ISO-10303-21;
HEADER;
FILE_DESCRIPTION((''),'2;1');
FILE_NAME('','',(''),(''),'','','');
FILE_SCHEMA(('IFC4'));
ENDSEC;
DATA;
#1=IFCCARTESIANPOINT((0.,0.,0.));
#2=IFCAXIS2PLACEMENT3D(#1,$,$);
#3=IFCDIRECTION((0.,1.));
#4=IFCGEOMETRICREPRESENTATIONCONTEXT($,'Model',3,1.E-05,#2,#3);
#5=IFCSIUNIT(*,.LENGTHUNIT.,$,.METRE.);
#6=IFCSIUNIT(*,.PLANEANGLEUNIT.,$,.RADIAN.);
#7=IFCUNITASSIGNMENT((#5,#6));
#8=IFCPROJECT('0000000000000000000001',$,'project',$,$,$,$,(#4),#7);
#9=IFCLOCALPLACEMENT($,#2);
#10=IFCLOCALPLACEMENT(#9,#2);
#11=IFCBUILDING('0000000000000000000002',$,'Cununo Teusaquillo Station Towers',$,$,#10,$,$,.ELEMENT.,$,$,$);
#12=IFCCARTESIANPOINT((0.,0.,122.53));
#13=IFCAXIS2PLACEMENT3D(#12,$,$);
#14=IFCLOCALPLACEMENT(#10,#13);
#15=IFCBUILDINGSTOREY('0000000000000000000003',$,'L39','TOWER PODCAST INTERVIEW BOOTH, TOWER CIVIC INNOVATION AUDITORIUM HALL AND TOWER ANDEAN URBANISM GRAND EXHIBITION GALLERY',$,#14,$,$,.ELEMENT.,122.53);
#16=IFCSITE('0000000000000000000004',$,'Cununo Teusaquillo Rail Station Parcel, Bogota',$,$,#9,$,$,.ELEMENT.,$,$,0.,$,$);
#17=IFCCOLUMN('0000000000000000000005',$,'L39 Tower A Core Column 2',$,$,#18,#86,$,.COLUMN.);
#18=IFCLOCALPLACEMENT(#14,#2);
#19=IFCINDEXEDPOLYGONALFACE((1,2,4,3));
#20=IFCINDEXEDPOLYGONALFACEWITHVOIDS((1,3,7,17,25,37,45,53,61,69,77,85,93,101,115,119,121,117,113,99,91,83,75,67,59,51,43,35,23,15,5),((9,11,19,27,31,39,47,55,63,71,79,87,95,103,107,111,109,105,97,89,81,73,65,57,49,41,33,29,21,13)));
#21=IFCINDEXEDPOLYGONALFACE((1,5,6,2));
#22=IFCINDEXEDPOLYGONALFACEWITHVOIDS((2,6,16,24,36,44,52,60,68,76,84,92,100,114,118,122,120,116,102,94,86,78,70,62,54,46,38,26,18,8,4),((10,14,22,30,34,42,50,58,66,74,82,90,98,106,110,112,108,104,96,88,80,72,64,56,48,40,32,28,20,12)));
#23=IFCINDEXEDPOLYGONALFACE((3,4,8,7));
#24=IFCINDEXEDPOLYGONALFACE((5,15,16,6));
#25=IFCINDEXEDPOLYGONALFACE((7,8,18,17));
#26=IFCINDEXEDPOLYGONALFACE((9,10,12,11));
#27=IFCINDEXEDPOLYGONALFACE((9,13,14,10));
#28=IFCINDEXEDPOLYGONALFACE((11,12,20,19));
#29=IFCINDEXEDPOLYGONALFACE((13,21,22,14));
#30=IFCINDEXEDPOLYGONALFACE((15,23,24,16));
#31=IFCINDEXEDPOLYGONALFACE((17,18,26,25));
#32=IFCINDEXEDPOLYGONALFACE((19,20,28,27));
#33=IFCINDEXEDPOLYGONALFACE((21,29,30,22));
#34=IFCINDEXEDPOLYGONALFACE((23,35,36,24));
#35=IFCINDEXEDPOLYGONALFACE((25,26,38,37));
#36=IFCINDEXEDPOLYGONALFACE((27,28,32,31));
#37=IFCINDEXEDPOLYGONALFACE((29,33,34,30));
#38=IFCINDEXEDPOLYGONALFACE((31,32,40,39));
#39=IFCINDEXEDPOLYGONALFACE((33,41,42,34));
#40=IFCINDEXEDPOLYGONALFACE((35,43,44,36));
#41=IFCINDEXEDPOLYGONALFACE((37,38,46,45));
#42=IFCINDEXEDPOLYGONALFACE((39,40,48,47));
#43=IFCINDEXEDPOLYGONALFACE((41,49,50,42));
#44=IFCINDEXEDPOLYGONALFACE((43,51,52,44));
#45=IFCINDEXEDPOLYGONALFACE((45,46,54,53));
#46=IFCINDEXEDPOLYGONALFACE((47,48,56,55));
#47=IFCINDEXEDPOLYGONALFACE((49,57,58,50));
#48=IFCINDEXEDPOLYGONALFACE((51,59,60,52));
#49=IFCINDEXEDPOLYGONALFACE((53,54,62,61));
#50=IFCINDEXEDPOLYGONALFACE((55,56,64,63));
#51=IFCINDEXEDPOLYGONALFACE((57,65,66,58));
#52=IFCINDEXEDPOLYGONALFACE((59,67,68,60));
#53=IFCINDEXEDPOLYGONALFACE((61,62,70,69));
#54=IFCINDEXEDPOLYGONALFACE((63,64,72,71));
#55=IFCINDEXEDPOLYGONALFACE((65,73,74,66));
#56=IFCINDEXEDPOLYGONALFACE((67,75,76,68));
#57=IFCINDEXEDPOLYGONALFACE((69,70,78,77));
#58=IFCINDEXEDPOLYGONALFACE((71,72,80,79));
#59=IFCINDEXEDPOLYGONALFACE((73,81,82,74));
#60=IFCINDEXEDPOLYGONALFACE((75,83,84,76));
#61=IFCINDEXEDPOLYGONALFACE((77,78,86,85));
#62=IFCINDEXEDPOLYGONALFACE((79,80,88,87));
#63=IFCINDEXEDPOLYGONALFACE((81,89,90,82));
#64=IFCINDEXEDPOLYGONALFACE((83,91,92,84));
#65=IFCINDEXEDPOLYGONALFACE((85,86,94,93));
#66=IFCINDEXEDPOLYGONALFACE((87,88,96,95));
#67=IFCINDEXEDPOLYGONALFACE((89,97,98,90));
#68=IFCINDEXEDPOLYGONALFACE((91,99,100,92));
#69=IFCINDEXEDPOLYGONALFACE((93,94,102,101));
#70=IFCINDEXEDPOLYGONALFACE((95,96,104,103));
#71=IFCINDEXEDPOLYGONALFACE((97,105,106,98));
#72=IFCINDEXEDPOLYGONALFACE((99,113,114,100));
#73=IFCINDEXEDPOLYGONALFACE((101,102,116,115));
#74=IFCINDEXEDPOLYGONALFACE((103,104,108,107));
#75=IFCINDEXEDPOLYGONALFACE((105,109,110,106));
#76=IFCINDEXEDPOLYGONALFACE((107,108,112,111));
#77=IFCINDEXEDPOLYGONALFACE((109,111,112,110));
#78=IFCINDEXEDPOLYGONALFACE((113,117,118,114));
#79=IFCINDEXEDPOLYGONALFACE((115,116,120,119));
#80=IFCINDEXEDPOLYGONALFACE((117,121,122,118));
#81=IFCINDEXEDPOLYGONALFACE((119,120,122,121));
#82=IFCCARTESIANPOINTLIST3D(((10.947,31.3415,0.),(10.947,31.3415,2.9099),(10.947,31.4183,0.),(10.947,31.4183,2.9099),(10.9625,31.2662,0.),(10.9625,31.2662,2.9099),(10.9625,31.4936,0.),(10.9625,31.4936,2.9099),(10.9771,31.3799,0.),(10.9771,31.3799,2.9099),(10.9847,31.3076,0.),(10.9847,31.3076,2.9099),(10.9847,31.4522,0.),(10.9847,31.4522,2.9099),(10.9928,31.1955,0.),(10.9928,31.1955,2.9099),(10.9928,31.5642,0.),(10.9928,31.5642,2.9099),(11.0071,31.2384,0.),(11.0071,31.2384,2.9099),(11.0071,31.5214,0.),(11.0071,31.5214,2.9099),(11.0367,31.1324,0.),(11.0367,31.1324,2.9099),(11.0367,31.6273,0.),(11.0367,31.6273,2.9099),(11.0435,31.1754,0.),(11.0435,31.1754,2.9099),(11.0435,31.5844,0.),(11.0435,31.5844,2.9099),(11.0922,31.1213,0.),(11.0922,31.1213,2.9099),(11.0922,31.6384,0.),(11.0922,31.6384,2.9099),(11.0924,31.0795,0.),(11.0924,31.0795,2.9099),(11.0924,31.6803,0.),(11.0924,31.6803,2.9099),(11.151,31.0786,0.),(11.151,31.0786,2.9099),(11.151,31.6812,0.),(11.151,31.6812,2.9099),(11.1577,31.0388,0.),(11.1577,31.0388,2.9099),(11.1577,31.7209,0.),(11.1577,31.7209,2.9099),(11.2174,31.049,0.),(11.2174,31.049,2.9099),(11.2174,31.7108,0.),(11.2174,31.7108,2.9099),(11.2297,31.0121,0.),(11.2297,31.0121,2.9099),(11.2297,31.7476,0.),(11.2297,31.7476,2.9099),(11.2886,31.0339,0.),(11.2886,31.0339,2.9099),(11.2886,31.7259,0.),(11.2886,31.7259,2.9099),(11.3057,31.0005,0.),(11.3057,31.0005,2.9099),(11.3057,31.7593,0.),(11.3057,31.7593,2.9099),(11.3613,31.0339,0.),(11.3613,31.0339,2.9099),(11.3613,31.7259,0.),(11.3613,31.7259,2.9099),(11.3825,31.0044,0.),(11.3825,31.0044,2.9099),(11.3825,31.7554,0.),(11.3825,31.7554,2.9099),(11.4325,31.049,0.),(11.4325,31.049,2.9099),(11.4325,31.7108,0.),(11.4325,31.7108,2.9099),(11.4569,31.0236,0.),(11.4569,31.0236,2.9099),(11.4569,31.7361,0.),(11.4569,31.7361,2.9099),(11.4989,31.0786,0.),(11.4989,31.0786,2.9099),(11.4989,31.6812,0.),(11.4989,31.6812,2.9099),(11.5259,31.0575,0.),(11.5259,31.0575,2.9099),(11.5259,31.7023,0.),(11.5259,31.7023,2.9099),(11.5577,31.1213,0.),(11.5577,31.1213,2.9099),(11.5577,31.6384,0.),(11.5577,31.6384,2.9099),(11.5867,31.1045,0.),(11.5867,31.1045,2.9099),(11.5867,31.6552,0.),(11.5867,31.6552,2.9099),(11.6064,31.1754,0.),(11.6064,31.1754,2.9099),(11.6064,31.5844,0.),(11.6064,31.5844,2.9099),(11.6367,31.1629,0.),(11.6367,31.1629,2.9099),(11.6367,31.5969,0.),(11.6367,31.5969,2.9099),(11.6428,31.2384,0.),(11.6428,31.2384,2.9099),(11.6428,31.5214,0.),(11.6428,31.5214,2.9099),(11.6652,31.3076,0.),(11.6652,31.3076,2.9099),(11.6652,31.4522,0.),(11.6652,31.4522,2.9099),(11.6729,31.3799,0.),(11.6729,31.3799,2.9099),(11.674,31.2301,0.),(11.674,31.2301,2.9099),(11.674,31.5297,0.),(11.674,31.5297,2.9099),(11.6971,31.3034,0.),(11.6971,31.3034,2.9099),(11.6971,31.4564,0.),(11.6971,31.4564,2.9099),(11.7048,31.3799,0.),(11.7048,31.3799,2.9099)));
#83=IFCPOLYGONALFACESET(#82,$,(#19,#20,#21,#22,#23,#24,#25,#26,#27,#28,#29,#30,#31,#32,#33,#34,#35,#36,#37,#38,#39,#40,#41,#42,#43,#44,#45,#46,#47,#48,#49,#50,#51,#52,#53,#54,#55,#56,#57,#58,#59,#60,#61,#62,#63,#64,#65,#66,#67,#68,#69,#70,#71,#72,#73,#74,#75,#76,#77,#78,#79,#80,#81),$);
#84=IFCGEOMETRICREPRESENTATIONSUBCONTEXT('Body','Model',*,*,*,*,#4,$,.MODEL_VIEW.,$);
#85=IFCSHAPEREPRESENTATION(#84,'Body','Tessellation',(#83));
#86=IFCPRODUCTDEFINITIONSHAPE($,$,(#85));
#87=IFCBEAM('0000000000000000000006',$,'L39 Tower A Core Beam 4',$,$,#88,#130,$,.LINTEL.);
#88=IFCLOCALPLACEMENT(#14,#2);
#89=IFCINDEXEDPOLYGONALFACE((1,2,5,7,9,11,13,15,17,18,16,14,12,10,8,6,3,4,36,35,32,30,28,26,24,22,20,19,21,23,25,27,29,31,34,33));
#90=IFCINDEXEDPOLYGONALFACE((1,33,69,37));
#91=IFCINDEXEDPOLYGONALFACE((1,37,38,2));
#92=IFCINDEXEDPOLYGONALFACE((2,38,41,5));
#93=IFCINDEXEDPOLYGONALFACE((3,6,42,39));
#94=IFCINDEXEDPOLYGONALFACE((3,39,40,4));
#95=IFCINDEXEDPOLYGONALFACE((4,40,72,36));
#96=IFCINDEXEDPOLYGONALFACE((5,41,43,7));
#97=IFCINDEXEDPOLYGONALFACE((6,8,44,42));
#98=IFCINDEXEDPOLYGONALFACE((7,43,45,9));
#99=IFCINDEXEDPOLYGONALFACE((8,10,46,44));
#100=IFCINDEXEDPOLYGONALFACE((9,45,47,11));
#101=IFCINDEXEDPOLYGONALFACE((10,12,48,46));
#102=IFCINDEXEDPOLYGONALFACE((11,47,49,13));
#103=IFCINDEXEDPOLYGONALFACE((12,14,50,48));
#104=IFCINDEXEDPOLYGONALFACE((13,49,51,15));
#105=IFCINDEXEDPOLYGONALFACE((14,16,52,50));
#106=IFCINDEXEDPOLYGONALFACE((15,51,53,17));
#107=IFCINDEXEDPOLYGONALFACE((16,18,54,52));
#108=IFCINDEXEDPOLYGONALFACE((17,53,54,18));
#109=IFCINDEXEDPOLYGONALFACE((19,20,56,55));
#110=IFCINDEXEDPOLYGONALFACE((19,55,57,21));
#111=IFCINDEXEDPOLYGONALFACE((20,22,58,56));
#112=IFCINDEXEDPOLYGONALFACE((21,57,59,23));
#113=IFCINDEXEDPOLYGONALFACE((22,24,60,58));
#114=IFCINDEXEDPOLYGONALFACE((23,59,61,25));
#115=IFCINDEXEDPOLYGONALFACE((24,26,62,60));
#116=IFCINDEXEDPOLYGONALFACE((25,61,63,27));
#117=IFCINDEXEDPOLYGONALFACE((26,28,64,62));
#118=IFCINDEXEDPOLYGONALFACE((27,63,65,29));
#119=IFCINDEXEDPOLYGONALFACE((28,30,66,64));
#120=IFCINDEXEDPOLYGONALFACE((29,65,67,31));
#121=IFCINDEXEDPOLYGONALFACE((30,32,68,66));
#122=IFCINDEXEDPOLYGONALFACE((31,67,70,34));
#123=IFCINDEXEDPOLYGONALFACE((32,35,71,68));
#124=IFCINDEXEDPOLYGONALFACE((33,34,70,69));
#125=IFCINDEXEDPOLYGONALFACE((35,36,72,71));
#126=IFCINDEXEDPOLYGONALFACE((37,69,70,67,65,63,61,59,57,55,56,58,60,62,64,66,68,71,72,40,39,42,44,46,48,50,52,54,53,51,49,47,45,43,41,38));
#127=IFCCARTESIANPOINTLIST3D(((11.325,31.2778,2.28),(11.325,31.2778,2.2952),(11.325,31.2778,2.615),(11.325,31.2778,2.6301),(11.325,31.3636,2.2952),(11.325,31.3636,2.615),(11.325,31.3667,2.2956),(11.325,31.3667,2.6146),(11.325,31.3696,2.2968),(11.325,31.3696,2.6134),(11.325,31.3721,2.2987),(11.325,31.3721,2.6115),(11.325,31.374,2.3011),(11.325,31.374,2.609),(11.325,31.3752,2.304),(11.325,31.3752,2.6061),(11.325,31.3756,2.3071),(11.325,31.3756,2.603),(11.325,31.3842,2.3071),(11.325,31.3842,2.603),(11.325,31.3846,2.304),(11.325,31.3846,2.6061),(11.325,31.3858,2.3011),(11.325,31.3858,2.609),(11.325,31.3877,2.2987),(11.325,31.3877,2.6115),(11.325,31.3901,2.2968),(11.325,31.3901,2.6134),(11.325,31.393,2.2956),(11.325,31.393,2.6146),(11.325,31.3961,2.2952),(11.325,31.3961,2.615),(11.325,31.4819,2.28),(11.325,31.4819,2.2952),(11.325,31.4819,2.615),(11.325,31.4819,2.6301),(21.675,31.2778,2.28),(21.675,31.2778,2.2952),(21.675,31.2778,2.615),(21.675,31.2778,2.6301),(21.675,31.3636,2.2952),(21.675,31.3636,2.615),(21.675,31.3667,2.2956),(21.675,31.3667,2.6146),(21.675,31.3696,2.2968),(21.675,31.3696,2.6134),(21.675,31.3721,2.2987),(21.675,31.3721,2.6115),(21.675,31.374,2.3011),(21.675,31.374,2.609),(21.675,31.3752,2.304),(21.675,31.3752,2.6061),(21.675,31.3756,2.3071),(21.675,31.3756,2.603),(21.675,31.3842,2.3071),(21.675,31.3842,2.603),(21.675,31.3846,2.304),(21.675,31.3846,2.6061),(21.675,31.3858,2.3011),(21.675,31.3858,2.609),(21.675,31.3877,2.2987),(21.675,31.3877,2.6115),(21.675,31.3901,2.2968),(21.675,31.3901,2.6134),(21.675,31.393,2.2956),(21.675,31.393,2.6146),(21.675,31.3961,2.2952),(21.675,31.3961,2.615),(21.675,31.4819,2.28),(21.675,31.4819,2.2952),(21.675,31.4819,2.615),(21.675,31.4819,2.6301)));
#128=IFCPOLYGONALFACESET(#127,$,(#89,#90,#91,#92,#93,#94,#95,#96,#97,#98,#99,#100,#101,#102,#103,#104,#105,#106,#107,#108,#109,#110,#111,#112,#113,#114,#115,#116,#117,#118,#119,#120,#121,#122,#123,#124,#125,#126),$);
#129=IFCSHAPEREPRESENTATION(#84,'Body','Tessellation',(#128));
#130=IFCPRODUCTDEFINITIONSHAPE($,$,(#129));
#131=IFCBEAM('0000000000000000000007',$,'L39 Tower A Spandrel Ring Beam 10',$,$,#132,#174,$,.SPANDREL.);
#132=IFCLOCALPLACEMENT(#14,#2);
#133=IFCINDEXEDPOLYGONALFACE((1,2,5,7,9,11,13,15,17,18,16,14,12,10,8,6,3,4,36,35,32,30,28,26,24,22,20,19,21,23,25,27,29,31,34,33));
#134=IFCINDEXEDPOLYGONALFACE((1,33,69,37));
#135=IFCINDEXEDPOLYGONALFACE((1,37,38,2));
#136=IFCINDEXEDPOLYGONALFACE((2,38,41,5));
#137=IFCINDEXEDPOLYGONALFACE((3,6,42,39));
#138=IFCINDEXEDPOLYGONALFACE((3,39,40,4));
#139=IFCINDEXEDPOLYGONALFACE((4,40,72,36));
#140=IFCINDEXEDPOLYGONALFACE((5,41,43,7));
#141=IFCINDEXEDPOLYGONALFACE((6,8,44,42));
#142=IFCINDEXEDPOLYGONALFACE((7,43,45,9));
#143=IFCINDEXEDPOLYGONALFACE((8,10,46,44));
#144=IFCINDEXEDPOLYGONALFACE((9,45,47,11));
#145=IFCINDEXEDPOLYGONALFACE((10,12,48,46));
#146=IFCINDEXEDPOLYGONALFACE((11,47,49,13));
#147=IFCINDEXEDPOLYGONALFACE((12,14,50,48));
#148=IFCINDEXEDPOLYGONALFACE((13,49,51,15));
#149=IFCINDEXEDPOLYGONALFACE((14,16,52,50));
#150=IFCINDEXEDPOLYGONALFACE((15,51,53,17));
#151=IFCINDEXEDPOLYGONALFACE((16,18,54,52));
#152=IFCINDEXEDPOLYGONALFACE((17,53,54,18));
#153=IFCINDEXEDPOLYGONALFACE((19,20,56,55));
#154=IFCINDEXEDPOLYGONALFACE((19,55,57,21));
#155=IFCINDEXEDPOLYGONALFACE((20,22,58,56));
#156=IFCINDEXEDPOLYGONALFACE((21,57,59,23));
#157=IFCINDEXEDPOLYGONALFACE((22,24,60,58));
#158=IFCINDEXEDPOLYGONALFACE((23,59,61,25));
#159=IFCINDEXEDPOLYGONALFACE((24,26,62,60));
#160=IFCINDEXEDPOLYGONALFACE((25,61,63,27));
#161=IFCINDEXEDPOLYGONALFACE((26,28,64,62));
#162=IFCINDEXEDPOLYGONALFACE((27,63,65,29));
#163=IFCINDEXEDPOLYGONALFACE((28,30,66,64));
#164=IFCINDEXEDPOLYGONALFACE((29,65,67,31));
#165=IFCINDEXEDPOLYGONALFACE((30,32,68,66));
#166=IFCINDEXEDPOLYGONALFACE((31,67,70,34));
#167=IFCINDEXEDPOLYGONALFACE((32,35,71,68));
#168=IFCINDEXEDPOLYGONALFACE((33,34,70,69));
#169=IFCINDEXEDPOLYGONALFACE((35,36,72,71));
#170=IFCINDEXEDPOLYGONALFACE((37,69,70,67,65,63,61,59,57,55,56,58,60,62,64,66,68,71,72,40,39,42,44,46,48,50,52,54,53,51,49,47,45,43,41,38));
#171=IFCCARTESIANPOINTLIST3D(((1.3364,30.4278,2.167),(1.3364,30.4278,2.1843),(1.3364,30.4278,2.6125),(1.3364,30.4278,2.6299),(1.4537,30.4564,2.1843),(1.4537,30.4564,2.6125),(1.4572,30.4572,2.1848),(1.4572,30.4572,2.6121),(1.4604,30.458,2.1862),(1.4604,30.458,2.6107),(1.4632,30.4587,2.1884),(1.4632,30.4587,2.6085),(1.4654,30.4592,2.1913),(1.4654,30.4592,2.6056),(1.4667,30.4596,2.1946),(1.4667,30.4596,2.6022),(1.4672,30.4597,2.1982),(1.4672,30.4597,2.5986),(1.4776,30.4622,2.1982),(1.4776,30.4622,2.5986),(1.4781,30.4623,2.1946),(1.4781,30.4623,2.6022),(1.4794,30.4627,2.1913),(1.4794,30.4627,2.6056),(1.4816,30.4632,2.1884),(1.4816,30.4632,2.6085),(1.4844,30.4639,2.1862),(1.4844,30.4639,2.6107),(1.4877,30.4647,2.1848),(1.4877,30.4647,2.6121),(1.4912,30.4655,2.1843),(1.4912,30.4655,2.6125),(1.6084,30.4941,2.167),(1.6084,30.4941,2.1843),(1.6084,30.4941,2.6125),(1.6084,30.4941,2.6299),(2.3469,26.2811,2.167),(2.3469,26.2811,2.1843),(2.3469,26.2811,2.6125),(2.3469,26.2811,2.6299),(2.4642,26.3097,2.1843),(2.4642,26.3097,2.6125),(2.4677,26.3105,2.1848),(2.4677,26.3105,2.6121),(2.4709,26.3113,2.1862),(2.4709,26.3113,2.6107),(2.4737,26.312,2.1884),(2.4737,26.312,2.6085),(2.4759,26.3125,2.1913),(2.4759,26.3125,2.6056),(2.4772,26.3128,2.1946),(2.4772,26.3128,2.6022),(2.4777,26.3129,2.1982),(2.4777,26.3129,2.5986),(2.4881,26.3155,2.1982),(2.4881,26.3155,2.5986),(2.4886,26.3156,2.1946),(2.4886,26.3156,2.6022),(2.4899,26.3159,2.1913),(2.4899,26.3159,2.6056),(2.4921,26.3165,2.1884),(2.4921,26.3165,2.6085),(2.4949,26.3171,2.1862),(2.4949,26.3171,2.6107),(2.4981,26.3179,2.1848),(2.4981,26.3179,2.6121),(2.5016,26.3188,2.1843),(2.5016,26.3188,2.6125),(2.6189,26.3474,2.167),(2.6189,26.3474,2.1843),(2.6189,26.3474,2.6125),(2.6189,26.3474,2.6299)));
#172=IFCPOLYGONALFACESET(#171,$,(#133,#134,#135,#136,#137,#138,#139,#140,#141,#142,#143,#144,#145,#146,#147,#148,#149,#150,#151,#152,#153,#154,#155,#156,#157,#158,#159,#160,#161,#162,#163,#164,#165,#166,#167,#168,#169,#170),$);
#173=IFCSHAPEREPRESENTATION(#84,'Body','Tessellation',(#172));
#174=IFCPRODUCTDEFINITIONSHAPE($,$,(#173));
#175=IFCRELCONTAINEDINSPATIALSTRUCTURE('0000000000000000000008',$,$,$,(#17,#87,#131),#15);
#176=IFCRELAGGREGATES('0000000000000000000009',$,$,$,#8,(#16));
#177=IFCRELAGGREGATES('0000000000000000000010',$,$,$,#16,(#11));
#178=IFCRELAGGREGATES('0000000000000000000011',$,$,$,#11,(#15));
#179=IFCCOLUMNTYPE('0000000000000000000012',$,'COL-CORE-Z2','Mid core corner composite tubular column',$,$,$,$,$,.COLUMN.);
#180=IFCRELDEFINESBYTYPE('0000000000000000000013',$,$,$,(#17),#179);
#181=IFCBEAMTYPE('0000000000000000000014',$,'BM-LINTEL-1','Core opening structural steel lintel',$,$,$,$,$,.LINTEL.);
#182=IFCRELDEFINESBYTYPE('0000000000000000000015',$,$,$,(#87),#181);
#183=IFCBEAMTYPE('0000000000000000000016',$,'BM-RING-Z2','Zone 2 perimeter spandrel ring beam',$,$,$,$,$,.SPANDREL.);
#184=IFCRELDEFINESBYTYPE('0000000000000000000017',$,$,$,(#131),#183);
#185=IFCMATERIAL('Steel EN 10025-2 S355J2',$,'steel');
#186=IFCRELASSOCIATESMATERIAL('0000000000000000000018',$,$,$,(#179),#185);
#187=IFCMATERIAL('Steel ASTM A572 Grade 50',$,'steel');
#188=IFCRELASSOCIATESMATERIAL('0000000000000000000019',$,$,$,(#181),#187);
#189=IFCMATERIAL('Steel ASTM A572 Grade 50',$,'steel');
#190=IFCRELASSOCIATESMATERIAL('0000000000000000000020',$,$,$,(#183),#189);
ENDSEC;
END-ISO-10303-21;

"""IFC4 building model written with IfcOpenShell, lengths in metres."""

from ifc_helpers import new_model, si_unit, direction, frame, origin, origin_2d, place, context, subcontext, project, spatial, hollow_circle, i_section, extrude, material, material_profile, profile_set, type_object, element, save


model = new_model("IFC4")

# Units and contexts
model_context = context("Model", 3, precision=1e-05, world=origin(), true_north=direction((0.0, 1.0)))
body_context = subcontext(model_context, "Body", "Model", "MODEL_VIEW")
ifc_project = project(units=[si_unit("LENGTHUNIT", "METRE"), si_unit("PLANEANGLEUNIT", "RADIAN")], contexts=[model_context])

# Site, building, storey
site_placement = place(None, origin())
site = spatial("IfcSite", under=ifc_project, at=site_placement, Name="Cununo Teusaquillo Rail Station Parcel, Bogota", CompositionType="ELEMENT", RefElevation=0.0)
building_placement = place(site_placement, origin())
building = spatial("IfcBuilding", under=site, at=building_placement, Name="Cununo Teusaquillo Station Towers", CompositionType="ELEMENT")
storey_placement = place(building_placement, frame((0.0, 0.0, 122.53)))
storey = spatial("IfcBuildingStorey", under=building, at=storey_placement, Name="L39", Description="TOWER PODCAST INTERVIEW BOOTH, TOWER CIVIC INNOVATION AUDITORIUM HALL AND TOWER ANDEAN URBANISM GRAND EXHIBITION GALLERY", CompositionType="ELEMENT", Elevation=122.53)

# Column
ifc_material_1 = material(Name="Steel EN 10025-2 S355J2", Category="steel")
ifc_material_profile_1 = material_profile(ifc_material_1, hollow_circle(Radius=0.3799, WallThickness=0.032, at=origin_2d()), Name="CHS 760x32")
ifc_profile_set_1 = profile_set([ifc_material_profile_1], Name="Steel EN 10025-2 S355J2")
column_type = type_object("IfcColumnType", Name="COL-CORE-Z2", Description="Mid core corner composite tubular column", PredefinedType="COLUMN", material=ifc_profile_set_1)
column_placement = place(storey_placement, frame((11.325, 31.3799, 0.0), z_axis=(0.0, 0.0, 1.0), x_axis=(1.0, 0.0, 0.0)))
element("IfcColumn", 1, at=column_placement, inside=storey, type_object=column_type, Name="L39 Tower A Core Column 2", PredefinedType="COLUMN", context=body_context, shape_type="SweptSolid", body=[
    extrude(hollow_circle(Radius=0.3799, WallThickness=0.032, at=origin_2d()), origin(), (0.0, 0.0, 1.0), 2.9099),
])

# Beams
ifc_material_2 = material(Name="Steel ASTM A572 Grade 50", Category="steel")
ifc_material_profile_2 = material_profile(ifc_material_2, i_section(OverallWidth=0.2041, OverallDepth=0.3501, WebThickness=0.0085, FlangeThickness=0.0151, FilletRadius=0.012, at=origin_2d()), Name="W14X48")
ifc_profile_set_2 = profile_set([ifc_material_profile_2], Name="Steel ASTM A572 Grade 50")
beam_type_1 = type_object("IfcBeamType", Name="BM-LINTEL-1", Description="Core opening structural steel lintel", PredefinedType="LINTEL", material=ifc_profile_set_2)
beam_1_placement = place(storey_placement, frame((11.325, 31.3799, 2.4551), z_axis=(1.0, 0.0, 0.0), x_axis=(0.0, 1.0, 0.0)))
element("IfcBeam", 2, at=beam_1_placement, inside=storey, type_object=beam_type_1, Name="L39 Tower A Core Beam 4", PredefinedType="LINTEL", context=body_context, shape_type="SweptSolid", body=[
    extrude(i_section(OverallWidth=0.2041, OverallDepth=0.3501, WebThickness=0.0085, FlangeThickness=0.0151, FilletRadius=0.012, at=origin_2d()), origin(), (0.0, 0.0, 1.0), 10.3501),
])
ifc_material_3 = material(Name="Steel ASTM A572 Grade 50", Category="steel")
ifc_material_profile_3 = material_profile(ifc_material_3, i_section(OverallWidth=0.28, OverallDepth=0.4629, WebThickness=0.0107, FlangeThickness=0.0173, FilletRadius=0.0139, at=origin_2d()), Name="W18X76")
ifc_profile_set_3 = profile_set([ifc_material_profile_3], Name="Steel ASTM A572 Grade 50")
beam_type_2 = type_object("IfcBeamType", Name="BM-RING-Z2", Description="Zone 2 perimeter spandrel ring beam", PredefinedType="SPANDREL", material=ifc_profile_set_3)
beam_2_placement = place(storey_placement, frame((1.4724, 30.4609, 2.3984), z_axis=(0.236757, -0.971569, 0.0), x_axis=(0.971569, 0.236757, 0.0)))
element("IfcBeam", 3, at=beam_2_placement, inside=storey, type_object=beam_type_2, Name="L39 Tower A Spandrel Ring Beam 10", PredefinedType="SPANDREL", context=body_context, shape_type="SweptSolid", body=[
    extrude(i_section(OverallWidth=0.28, OverallDepth=0.4629, WebThickness=0.0107, FlangeThickness=0.0173, FilletRadius=0.0139, at=origin_2d()), origin(), (0.0, 0.0, 1.0), 4.2681),
])

save(model, "model.ifc")
